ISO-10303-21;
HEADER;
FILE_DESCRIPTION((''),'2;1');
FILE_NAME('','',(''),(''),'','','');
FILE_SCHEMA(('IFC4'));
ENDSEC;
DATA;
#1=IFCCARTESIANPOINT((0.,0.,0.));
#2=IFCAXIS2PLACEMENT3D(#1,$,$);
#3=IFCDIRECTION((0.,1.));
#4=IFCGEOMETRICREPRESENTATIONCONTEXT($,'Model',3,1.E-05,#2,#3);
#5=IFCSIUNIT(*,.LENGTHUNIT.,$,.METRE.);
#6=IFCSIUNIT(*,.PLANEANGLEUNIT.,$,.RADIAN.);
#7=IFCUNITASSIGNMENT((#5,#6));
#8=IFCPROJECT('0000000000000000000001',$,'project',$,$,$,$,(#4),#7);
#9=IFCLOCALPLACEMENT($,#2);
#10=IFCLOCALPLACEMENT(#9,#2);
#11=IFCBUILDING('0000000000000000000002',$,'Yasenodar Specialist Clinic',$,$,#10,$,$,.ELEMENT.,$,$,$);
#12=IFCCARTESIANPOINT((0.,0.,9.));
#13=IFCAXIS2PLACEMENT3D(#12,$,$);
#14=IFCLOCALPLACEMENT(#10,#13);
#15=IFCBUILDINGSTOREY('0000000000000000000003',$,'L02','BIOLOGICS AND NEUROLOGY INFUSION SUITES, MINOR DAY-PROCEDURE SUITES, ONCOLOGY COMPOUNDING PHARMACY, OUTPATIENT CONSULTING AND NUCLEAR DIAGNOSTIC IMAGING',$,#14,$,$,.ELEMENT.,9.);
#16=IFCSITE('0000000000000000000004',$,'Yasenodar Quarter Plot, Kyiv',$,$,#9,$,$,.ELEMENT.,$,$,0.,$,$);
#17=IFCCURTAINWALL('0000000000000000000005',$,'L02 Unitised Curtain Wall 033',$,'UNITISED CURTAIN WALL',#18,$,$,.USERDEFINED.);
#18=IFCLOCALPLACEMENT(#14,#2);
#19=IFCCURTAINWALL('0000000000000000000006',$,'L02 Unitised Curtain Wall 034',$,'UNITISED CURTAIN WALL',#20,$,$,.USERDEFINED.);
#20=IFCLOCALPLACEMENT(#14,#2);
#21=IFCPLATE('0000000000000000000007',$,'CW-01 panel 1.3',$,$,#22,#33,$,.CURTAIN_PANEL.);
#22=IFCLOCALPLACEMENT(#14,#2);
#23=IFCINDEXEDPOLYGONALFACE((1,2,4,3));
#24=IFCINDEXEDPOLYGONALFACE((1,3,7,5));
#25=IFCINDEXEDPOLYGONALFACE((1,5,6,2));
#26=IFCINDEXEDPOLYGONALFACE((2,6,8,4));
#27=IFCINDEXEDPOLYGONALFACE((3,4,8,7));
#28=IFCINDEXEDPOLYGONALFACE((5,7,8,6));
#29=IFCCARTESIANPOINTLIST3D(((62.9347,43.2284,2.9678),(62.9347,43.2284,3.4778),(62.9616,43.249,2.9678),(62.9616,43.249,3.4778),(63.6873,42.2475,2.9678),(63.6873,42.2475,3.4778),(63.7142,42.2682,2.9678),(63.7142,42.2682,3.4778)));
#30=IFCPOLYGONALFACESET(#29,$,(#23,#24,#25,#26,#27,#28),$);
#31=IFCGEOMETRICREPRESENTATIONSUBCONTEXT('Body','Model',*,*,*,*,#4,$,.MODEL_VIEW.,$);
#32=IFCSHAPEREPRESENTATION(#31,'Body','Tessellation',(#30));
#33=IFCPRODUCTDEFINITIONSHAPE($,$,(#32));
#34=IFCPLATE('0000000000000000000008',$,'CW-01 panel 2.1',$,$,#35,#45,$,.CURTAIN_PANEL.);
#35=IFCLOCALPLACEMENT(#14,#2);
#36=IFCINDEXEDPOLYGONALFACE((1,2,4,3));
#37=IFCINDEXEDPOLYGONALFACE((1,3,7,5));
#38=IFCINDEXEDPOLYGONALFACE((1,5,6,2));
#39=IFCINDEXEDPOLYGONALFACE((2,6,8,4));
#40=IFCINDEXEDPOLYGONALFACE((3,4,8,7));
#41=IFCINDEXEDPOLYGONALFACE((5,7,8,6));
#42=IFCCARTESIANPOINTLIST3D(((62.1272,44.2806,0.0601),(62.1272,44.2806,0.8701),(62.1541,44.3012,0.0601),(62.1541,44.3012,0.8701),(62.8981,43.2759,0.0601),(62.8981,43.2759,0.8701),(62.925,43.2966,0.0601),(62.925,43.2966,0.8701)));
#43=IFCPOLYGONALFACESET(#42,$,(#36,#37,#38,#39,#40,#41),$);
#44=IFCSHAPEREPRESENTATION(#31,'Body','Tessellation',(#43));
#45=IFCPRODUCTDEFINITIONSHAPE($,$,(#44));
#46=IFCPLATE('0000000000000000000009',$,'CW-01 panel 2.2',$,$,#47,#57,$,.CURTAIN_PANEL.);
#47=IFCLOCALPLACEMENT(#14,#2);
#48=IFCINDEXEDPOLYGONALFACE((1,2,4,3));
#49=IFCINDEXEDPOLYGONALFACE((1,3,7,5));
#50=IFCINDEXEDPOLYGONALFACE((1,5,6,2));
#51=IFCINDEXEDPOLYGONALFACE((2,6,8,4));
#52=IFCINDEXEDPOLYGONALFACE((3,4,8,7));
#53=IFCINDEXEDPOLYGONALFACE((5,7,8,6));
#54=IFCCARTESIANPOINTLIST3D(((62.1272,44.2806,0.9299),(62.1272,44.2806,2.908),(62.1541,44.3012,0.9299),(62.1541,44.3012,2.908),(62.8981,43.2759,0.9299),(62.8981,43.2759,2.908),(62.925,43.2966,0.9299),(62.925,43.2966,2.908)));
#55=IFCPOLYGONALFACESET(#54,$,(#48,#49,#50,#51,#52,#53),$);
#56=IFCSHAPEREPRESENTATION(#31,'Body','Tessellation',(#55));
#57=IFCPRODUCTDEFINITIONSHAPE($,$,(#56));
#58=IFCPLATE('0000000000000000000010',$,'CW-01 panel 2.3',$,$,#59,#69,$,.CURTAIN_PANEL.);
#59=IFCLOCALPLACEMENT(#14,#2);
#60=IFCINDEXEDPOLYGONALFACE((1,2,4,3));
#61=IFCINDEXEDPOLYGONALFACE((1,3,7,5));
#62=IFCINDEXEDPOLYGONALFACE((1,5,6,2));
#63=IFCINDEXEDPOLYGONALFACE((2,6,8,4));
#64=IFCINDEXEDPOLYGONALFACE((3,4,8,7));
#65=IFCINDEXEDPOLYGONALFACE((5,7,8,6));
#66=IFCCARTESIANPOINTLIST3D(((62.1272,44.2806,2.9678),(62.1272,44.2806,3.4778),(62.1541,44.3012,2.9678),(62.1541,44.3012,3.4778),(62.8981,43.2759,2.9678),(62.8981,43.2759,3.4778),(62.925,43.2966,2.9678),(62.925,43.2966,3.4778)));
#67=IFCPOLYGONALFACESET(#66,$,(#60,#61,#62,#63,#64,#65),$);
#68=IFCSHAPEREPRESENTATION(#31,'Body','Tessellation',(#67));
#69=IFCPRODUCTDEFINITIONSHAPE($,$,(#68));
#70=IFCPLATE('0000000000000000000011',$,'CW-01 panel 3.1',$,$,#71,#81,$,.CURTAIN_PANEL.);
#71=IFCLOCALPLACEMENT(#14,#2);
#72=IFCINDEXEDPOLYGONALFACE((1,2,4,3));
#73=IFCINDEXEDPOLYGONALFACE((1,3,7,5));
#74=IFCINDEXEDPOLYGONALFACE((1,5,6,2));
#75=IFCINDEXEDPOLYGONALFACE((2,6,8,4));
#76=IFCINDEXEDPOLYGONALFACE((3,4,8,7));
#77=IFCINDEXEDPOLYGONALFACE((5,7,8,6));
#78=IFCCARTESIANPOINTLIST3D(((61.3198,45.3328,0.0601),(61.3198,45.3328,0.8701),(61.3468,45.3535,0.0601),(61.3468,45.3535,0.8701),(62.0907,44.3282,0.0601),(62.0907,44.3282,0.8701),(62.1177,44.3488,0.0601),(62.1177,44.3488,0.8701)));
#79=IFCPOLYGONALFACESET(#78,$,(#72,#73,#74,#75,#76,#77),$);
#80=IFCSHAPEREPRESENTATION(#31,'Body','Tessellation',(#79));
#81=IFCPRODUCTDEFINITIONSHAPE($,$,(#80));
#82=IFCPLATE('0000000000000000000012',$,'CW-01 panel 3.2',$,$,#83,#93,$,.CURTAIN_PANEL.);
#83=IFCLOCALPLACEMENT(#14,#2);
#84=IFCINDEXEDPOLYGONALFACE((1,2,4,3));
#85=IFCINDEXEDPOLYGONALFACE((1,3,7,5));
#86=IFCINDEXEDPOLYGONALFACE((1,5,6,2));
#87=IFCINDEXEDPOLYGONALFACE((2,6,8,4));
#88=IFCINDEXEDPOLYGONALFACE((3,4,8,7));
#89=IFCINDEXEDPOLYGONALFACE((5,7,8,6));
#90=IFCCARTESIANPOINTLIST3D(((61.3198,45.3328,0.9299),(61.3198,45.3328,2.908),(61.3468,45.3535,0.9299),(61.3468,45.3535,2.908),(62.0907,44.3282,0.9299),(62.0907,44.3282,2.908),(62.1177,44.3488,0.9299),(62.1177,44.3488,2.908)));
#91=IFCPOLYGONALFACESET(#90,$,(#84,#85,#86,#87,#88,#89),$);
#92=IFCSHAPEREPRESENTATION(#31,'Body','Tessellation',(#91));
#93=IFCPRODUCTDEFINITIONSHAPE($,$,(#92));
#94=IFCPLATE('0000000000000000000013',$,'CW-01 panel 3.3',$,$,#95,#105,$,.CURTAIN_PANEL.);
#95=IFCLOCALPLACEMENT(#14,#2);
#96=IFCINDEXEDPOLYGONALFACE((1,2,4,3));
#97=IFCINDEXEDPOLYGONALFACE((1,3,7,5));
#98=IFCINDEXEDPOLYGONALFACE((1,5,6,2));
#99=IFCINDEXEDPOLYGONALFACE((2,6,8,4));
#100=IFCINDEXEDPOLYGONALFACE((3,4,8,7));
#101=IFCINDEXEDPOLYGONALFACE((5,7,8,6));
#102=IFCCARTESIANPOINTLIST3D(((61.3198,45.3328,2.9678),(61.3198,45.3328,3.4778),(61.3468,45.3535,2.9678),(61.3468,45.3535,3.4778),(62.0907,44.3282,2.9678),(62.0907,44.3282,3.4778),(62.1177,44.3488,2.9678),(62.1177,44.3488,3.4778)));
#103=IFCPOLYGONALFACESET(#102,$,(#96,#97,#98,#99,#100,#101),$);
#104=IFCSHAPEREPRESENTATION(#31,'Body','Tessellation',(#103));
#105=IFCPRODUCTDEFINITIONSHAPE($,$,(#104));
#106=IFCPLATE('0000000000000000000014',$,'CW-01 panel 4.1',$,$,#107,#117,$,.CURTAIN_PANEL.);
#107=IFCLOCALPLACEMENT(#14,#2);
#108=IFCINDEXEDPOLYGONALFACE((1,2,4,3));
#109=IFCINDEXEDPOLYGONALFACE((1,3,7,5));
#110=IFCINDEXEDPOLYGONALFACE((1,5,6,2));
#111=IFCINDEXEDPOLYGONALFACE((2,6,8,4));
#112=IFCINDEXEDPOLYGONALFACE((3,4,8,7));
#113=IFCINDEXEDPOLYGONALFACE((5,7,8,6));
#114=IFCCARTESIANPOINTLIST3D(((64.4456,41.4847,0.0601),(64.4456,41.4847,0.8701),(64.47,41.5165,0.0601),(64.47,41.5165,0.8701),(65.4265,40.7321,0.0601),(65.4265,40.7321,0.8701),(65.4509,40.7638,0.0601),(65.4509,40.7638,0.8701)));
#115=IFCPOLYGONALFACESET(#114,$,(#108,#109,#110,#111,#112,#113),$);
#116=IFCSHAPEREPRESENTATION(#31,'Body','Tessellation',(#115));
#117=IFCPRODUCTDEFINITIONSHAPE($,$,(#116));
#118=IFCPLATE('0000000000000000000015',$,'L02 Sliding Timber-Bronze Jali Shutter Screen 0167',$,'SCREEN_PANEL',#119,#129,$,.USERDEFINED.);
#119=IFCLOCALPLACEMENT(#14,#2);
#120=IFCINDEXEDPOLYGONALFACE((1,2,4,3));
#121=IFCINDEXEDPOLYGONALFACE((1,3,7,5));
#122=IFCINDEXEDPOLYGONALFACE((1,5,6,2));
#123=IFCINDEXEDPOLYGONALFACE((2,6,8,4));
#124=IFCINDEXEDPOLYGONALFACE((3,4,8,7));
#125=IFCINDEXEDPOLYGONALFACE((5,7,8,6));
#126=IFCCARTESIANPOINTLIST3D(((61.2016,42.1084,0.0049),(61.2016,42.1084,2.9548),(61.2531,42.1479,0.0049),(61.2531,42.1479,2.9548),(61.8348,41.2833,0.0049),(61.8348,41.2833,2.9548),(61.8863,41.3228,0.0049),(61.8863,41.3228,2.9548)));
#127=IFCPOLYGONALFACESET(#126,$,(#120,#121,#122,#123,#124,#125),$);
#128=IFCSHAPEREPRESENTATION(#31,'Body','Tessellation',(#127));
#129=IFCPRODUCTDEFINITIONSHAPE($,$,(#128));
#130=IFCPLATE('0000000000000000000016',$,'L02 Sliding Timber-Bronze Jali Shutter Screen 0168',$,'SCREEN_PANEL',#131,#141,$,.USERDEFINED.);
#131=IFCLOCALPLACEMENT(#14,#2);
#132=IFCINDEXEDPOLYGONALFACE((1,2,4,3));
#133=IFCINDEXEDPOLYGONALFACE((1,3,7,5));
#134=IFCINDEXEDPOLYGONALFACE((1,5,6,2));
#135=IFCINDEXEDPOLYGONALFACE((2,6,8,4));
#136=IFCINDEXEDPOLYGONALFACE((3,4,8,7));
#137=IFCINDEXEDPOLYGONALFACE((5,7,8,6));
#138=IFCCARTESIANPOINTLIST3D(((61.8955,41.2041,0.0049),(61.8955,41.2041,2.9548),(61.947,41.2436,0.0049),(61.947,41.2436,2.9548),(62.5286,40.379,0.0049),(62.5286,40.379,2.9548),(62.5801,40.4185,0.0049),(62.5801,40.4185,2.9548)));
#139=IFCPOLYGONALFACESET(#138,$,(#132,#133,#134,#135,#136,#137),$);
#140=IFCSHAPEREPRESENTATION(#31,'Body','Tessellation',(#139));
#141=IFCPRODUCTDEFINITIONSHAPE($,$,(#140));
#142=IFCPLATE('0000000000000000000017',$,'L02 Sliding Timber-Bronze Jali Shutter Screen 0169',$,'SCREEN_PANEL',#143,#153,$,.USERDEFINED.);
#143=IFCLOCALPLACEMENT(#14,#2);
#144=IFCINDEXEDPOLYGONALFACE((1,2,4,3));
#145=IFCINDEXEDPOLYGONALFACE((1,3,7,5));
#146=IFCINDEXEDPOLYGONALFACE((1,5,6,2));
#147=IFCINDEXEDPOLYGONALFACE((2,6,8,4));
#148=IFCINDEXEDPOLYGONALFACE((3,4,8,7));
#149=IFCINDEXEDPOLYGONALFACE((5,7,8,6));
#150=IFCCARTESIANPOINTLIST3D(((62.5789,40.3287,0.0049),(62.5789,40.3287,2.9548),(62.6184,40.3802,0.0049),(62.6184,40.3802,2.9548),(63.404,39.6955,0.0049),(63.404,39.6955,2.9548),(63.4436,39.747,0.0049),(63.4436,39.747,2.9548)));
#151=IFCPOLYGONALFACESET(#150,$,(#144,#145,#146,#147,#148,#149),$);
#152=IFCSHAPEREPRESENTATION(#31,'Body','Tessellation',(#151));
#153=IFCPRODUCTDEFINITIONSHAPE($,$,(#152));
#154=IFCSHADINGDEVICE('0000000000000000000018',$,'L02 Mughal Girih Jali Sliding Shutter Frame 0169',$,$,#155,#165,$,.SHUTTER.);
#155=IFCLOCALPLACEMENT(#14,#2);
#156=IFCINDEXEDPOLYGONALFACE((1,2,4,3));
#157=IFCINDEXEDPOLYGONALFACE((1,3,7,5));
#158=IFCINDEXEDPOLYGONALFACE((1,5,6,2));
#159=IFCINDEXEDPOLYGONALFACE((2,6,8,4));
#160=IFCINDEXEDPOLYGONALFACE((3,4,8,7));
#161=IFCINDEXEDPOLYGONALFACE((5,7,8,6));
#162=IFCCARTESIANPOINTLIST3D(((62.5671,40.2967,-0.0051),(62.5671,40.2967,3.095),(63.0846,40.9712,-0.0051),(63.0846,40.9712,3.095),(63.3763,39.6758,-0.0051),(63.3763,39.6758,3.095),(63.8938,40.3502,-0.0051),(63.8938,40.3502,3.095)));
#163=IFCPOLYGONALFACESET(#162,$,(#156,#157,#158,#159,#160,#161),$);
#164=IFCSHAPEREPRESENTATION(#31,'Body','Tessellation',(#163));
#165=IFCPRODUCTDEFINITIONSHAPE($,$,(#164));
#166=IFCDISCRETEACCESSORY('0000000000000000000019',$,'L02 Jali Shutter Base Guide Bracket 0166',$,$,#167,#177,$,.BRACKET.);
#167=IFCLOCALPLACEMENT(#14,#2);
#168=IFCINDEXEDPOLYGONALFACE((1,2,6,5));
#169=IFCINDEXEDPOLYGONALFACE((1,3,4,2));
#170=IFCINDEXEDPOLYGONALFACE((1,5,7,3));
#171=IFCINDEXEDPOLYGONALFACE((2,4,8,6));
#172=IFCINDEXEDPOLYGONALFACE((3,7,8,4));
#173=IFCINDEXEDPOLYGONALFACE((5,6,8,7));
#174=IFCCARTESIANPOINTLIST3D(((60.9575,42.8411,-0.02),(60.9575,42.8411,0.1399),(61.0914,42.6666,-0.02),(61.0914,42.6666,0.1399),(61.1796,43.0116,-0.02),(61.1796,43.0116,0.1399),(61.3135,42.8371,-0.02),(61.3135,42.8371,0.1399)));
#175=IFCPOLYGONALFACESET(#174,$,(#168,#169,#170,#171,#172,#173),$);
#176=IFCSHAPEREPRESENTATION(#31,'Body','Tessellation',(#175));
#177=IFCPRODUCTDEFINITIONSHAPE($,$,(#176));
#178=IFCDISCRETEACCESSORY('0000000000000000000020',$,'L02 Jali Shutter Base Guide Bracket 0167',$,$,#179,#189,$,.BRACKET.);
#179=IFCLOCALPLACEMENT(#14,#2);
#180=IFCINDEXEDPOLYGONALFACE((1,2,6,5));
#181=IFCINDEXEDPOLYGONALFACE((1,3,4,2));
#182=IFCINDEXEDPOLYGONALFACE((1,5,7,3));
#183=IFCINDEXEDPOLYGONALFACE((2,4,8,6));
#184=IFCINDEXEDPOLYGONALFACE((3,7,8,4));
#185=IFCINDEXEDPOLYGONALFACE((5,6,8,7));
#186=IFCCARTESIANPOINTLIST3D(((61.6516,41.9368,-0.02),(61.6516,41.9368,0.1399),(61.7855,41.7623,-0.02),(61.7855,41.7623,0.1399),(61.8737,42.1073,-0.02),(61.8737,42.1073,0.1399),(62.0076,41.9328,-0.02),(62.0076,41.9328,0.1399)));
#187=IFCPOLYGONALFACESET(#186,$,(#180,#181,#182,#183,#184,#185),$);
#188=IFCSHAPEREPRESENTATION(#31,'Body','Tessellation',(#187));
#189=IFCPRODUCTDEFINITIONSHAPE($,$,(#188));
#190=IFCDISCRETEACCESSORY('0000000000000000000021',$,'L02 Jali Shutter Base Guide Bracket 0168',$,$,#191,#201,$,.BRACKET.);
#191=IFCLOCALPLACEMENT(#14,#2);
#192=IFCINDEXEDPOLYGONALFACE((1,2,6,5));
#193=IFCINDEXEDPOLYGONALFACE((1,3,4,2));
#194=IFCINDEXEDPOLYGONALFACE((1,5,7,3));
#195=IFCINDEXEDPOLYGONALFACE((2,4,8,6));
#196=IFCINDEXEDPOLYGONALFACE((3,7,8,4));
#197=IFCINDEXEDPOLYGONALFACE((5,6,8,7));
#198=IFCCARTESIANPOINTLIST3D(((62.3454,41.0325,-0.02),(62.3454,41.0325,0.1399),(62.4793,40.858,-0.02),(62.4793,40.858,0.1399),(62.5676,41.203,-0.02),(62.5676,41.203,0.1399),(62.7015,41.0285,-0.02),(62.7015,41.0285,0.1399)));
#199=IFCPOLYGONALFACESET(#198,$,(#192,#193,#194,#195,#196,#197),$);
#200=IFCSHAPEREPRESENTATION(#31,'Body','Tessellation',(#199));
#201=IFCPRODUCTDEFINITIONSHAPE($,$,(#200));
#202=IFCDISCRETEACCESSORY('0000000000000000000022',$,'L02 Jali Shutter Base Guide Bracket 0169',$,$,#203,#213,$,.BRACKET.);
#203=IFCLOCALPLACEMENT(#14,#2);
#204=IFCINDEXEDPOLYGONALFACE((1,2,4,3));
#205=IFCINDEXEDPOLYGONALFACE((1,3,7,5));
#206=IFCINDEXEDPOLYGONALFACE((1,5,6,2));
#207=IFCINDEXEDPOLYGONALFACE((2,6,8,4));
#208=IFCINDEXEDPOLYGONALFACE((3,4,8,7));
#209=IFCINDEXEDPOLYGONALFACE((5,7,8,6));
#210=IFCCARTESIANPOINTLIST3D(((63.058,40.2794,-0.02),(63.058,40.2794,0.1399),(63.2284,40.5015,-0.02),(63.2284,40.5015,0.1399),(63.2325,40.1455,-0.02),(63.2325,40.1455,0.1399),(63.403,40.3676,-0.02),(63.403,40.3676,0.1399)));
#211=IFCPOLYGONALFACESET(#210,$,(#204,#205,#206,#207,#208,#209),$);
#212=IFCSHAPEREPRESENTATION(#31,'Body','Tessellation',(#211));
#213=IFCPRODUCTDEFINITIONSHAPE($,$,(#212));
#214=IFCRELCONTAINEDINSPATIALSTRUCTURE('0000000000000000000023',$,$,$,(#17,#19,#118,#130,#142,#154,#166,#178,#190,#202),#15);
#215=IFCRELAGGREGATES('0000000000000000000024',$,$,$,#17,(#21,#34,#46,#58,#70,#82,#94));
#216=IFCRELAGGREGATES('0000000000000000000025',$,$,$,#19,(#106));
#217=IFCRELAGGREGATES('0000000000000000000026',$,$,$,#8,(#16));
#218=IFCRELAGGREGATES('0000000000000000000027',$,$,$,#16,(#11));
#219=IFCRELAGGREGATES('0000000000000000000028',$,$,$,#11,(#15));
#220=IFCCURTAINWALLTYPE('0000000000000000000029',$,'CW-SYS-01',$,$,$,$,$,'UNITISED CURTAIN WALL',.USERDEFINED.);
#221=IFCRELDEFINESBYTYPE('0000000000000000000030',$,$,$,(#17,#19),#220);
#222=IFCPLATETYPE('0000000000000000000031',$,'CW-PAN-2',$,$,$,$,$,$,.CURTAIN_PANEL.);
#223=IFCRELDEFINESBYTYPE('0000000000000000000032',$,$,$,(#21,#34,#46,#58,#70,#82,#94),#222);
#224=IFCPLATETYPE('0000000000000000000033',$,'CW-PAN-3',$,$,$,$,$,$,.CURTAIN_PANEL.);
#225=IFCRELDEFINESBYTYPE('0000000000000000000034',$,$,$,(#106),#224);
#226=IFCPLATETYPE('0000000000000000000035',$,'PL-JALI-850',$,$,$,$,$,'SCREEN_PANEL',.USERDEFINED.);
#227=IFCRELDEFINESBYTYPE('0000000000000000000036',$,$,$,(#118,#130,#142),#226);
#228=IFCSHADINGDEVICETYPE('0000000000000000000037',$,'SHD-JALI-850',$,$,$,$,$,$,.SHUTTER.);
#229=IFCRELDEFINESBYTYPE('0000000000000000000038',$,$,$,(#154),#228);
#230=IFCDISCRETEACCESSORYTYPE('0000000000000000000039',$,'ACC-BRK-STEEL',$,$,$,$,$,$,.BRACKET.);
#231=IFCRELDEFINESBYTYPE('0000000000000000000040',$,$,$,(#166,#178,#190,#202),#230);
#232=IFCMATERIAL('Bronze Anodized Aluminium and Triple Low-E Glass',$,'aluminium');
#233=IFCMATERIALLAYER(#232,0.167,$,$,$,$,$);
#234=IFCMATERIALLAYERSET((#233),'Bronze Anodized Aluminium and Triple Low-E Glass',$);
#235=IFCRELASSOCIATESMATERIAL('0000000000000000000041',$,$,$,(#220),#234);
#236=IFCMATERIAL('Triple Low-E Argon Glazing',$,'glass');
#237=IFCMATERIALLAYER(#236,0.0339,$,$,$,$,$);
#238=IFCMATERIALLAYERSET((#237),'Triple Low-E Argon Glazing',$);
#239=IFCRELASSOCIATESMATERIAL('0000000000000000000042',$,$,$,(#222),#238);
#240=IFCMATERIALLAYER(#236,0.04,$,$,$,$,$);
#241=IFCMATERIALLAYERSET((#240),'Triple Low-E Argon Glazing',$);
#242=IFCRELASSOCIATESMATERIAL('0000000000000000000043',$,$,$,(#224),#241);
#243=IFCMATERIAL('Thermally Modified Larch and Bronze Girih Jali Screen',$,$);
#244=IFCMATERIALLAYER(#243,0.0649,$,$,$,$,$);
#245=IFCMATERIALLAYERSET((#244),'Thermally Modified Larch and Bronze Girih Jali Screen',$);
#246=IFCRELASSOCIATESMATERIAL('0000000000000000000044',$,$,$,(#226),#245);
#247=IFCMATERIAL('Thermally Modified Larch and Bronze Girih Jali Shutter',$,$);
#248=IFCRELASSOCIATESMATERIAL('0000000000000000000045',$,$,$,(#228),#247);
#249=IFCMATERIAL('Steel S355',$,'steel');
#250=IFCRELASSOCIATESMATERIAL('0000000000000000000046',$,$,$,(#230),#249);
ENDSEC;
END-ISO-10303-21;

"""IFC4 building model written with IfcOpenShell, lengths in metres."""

from ifc_helpers import new_model, si_unit, direction, frame, origin, origin_2d, place, context, subcontext, project, spatial, rectangle, extrude, material, layer, layer_set, type_object, element, aggregate, save


model = new_model("IFC4")

# Units and contexts
model_context = context("Model", 3, precision=1e-05, world=origin(), true_north=direction((0.0, 1.0)))
body_context = subcontext(model_context, "Body", "Model", "MODEL_VIEW")
ifc_project = project(units=[si_unit("LENGTHUNIT", "METRE"), si_unit("PLANEANGLEUNIT", "RADIAN")], contexts=[model_context])

# Site, building, storey
site_placement = place(None, origin())
site = spatial("IfcSite", under=ifc_project, at=site_placement, Name="Yasenodar Quarter Plot, Kyiv", CompositionType="ELEMENT", RefElevation=0.0)
building_placement = place(site_placement, origin())
building = spatial("IfcBuilding", under=site, at=building_placement, Name="Yasenodar Specialist Clinic", CompositionType="ELEMENT")
storey_placement = place(building_placement, frame((0.0, 0.0, 9.0)))
storey = spatial("IfcBuildingStorey", under=building, at=storey_placement, Name="L02", Description="BIOLOGICS AND NEUROLOGY INFUSION SUITES, MINOR DAY-PROCEDURE SUITES, ONCOLOGY COMPOUNDING PHARMACY, OUTPATIENT CONSULTING AND NUCLEAR DIAGNOSTIC IMAGING", CompositionType="ELEMENT", Elevation=9.0)

# Shared definitions
ifc_material_1 = material(Name="Steel S355", Category="steel")

# Curtain wall
ifc_material_2 = material(Name="Bronze Anodized Aluminium and Triple Low-E Glass", Category="aluminium")
ifc_layer_1 = layer(ifc_material_2, 0.167)
ifc_layer_set_1 = layer_set([ifc_layer_1], Name="Bronze Anodized Aluminium and Triple Low-E Glass")
curtain_wall_type = type_object("IfcCurtainWallType", Name="CW-SYS-01", ElementType="UNITISED CURTAIN WALL", PredefinedType="USERDEFINED", material=ifc_layer_set_1)
curtain_wall_1_placement = place(storey_placement, origin())
curtain_wall_1 = element("IfcCurtainWall", 1, at=curtain_wall_1_placement, inside=storey, type_object=curtain_wall_type, Name="L02 Unitised Curtain Wall 033", ObjectType="UNITISED CURTAIN WALL", PredefinedType="USERDEFINED")

# Curtain wall
curtain_wall_2_placement = place(storey_placement, origin())
curtain_wall_2 = element("IfcCurtainWall", 2, at=curtain_wall_2_placement, inside=storey, type_object=curtain_wall_type, Name="L02 Unitised Curtain Wall 034", ObjectType="UNITISED CURTAIN WALL", PredefinedType="USERDEFINED")

# Plates
ifc_material_3 = material(Name="Triple Low-E Argon Glazing", Category="glass")
ifc_layer_2 = layer(ifc_material_3, 0.0339)
ifc_layer_set_2 = layer_set([ifc_layer_2], Name="Triple Low-E Argon Glazing")
plate_type_1 = type_object("IfcPlateType", Name="CW-PAN-2", PredefinedType="CURTAIN_PANEL", material=ifc_layer_set_2)
plate_1_placement = place(storey_placement, frame((63.3245, 42.7483, 2.9678), z_axis=(0.0, 0.0, 1.0), x_axis=(-0.608752, 0.793361, 0.0)))
plate_1 = element("IfcPlate", 3, at=plate_1_placement, type_object=plate_type_1, Name="CW-01 panel 1.3", PredefinedType="CURTAIN_PANEL", context=body_context, shape_type="SweptSolid", body=[
    extrude(rectangle(XDim=1.2363, YDim=0.0339, at=origin_2d()), origin(), (0.0, 0.0, 1.0), 0.51),
])
plate_2_placement = place(storey_placement, frame((62.5261, 43.7886, 0.0601), z_axis=(0.0, 0.0, 1.0), x_axis=(-0.608752, 0.793361, 0.0)))
plate_2 = element("IfcPlate", 4, at=plate_2_placement, type_object=plate_type_1, Name="CW-01 panel 2.1", PredefinedType="CURTAIN_PANEL", context=body_context, shape_type="SweptSolid", body=[
    extrude(rectangle(XDim=1.2664, YDim=0.0339, at=origin_2d()), origin(), (0.0, 0.0, 1.0), 0.8101),
])
plate_3_placement = place(storey_placement, frame((62.5261, 43.7886, 0.9299), z_axis=(0.0, 0.0, 1.0), x_axis=(-0.608752, 0.793361, 0.0)))
plate_3 = element("IfcPlate", 5, at=plate_3_placement, type_object=plate_type_1, Name="CW-01 panel 2.2", PredefinedType="CURTAIN_PANEL", context=body_context, shape_type="SweptSolid", body=[
    extrude(rectangle(XDim=1.2664, YDim=0.0339, at=origin_2d()), origin(), (0.0, 0.0, 1.0), 1.978),
])
plate_4_placement = place(storey_placement, frame((62.5261, 43.7886, 2.9678), z_axis=(0.0, 0.0, 1.0), x_axis=(-0.608752, 0.793361, 0.0)))
plate_4 = element("IfcPlate", 6, at=plate_4_placement, type_object=plate_type_1, Name="CW-01 panel 2.3", PredefinedType="CURTAIN_PANEL", context=body_context, shape_type="SweptSolid", body=[
    extrude(rectangle(XDim=1.2664, YDim=0.0339, at=origin_2d()), origin(), (0.0, 0.0, 1.0), 0.51),
])
plate_5_placement = place(storey_placement, frame((61.7188, 44.8408, 0.0601), z_axis=(0.0, 0.0, 1.0), x_axis=(-0.608752, 0.793361, 0.0)))
plate_5 = element("IfcPlate", 7, at=plate_5_placement, type_object=plate_type_1, Name="CW-01 panel 3.1", PredefinedType="CURTAIN_PANEL", context=body_context, shape_type="SweptSolid", body=[
    extrude(rectangle(XDim=1.2664, YDim=0.0339, at=origin_2d()), origin(), (0.0, 0.0, 1.0), 0.8101),
])
plate_6_placement = place(storey_placement, frame((61.7188, 44.8408, 0.9299), z_axis=(0.0, 0.0, 1.0), x_axis=(-0.608752, 0.793361, 0.0)))
plate_6 = element("IfcPlate", 8, at=plate_6_placement, type_object=plate_type_1, Name="CW-01 panel 3.2", PredefinedType="CURTAIN_PANEL", context=body_context, shape_type="SweptSolid", body=[
    extrude(rectangle(XDim=1.2664, YDim=0.0339, at=origin_2d()), origin(), (0.0, 0.0, 1.0), 1.978),
])
plate_7_placement = place(storey_placement, frame((61.7188, 44.8408, 2.9678), z_axis=(0.0, 0.0, 1.0), x_axis=(-0.608752, 0.793361, 0.0)))
plate_7 = element("IfcPlate", 9, at=plate_7_placement, type_object=plate_type_1, Name="CW-01 panel 3.3", PredefinedType="CURTAIN_PANEL", context=body_context, shape_type="SweptSolid", body=[
    extrude(rectangle(XDim=1.2664, YDim=0.0339, at=origin_2d()), origin(), (0.0, 0.0, 1.0), 0.51),
])
aggregate(curtain_wall_1, [plate_1, plate_2, plate_3, plate_4, plate_5, plate_6, plate_7])
ifc_layer_3 = layer(ifc_material_3, 0.04)
ifc_layer_set_3 = layer_set([ifc_layer_3], Name="Triple Low-E Argon Glazing")
plate_type_2 = type_object("IfcPlateType", Name="CW-PAN-3", PredefinedType="CURTAIN_PANEL", material=ifc_layer_set_3)
plate_8_placement = place(storey_placement, frame((64.9482, 41.1243, 0.0601), z_axis=(0.0, 0.0, 1.0), x_axis=(-0.793361, 0.608752, 0.0)))
plate_8 = element("IfcPlate", 10, at=plate_8_placement, type_object=plate_type_2, Name="CW-01 panel 4.1", PredefinedType="CURTAIN_PANEL", context=body_context, shape_type="SweptSolid", body=[
    extrude(rectangle(XDim=1.2363, YDim=0.04, at=origin_2d()), origin(), (0.0, 0.0, 1.0), 0.8101),
])
aggregate(curtain_wall_2, [plate_8])

# Plates
ifc_material_4 = material(Name="Thermally Modified Larch and Bronze Girih Jali Screen")
ifc_layer_4 = layer(ifc_material_4, 0.0649)
ifc_layer_set_4 = layer_set([ifc_layer_4], Name="Thermally Modified Larch and Bronze Girih Jali Screen")
plate_type_3 = type_object("IfcPlateType", Name="PL-JALI-850", ElementType="SCREEN_PANEL", PredefinedType="USERDEFINED", material=ifc_layer_set_4)
for number, where, z_axis, x_axis, name in (
    (11, (61.5439, 41.7156, 0.0049), (0.0, 0.0, 1.0), (0.608764, -0.793351, 0.0), "L02 Sliding Timber-Bronze Jali Shutter Screen 0167"),
    (12, (62.2378, 40.8113, 0.0049), (0.0, 0.0, 1.0), (0.608764, -0.793351, 0.0), "L02 Sliding Timber-Bronze Jali Shutter Screen 0168"),
    (13, (63.0112, 40.0378, 0.0049), (0.0, 0.0, 1.0), (0.793351, -0.608764, 0.0), "L02 Sliding Timber-Bronze Jali Shutter Screen 0169"),
):
    element("IfcPlate", number, at=place(storey_placement, frame(where, z_axis=z_axis, x_axis=x_axis)), inside=storey, type_object=plate_type_3, Name=name, ObjectType="SCREEN_PANEL", PredefinedType="USERDEFINED", context=body_context, shape_type="SweptSolid", body=[
        extrude(rectangle(XDim=1.04, YDim=0.0649, at=origin_2d()), origin(), (0.0, 0.0, 1.0), 2.95),
    ])

# Shading device
ifc_material_5 = material(Name="Thermally Modified Larch and Bronze Girih Jali Shutter")
shading_device_type = type_object("IfcShadingDeviceType", Name="SHD-JALI-850", PredefinedType="SHUTTER", material=ifc_material_5)
shading_device_placement = place(storey_placement, frame((63.2305, 40.3235, -0.0051), z_axis=(0.0, 0.0, 1.0), x_axis=(0.793351, -0.608764, 0.0)))
element("IfcShadingDevice", 14, at=shading_device_placement, inside=storey, type_object=shading_device_type, Name="L02 Mughal Girih Jali Sliding Shutter Frame 0169", PredefinedType="SHUTTER", context=body_context, shape_type="SweptSolid", body=[
    extrude(rectangle(XDim=1.02, YDim=0.8501, at=origin_2d()), origin(), (0.0, 0.0, 1.0), 3.1001),
])

# Discrete accessories
discrete_accessory_type = type_object("IfcDiscreteAccessoryType", Name="ACC-BRK-STEEL", PredefinedType="BRACKET", material=ifc_material_1)
for number, where, z_axis, x_axis, name in (
    (15, (61.1355, 42.8391, -0.02), (0.0, 0.0, 1.0), (0.608764, -0.793351, 0.0), "L02 Jali Shutter Base Guide Bracket 0166"),
    (16, (61.8296, 41.9348, -0.02), (0.0, 0.0, 1.0), (0.608764, -0.793351, 0.0), "L02 Jali Shutter Base Guide Bracket 0167"),
    (17, (62.5234, 41.0305, -0.02), (0.0, 0.0, 1.0), (0.608764, -0.793351, 0.0), "L02 Jali Shutter Base Guide Bracket 0168"),
    (18, (63.2305, 40.3235, -0.02), (0.0, 0.0, 1.0), (0.793351, -0.608764, 0.0), "L02 Jali Shutter Base Guide Bracket 0169"),
):
    element("IfcDiscreteAccessory", number, at=place(storey_placement, frame(where, z_axis=z_axis, x_axis=x_axis)), inside=storey, type_object=discrete_accessory_type, Name=name, PredefinedType="BRACKET", context=body_context, shape_type="SweptSolid", body=[
        extrude(rectangle(XDim=0.22, YDim=0.28, at=origin_2d()), origin(), (0.0, 0.0, 1.0), 0.1599),
    ])

save(model, "model.ifc")
